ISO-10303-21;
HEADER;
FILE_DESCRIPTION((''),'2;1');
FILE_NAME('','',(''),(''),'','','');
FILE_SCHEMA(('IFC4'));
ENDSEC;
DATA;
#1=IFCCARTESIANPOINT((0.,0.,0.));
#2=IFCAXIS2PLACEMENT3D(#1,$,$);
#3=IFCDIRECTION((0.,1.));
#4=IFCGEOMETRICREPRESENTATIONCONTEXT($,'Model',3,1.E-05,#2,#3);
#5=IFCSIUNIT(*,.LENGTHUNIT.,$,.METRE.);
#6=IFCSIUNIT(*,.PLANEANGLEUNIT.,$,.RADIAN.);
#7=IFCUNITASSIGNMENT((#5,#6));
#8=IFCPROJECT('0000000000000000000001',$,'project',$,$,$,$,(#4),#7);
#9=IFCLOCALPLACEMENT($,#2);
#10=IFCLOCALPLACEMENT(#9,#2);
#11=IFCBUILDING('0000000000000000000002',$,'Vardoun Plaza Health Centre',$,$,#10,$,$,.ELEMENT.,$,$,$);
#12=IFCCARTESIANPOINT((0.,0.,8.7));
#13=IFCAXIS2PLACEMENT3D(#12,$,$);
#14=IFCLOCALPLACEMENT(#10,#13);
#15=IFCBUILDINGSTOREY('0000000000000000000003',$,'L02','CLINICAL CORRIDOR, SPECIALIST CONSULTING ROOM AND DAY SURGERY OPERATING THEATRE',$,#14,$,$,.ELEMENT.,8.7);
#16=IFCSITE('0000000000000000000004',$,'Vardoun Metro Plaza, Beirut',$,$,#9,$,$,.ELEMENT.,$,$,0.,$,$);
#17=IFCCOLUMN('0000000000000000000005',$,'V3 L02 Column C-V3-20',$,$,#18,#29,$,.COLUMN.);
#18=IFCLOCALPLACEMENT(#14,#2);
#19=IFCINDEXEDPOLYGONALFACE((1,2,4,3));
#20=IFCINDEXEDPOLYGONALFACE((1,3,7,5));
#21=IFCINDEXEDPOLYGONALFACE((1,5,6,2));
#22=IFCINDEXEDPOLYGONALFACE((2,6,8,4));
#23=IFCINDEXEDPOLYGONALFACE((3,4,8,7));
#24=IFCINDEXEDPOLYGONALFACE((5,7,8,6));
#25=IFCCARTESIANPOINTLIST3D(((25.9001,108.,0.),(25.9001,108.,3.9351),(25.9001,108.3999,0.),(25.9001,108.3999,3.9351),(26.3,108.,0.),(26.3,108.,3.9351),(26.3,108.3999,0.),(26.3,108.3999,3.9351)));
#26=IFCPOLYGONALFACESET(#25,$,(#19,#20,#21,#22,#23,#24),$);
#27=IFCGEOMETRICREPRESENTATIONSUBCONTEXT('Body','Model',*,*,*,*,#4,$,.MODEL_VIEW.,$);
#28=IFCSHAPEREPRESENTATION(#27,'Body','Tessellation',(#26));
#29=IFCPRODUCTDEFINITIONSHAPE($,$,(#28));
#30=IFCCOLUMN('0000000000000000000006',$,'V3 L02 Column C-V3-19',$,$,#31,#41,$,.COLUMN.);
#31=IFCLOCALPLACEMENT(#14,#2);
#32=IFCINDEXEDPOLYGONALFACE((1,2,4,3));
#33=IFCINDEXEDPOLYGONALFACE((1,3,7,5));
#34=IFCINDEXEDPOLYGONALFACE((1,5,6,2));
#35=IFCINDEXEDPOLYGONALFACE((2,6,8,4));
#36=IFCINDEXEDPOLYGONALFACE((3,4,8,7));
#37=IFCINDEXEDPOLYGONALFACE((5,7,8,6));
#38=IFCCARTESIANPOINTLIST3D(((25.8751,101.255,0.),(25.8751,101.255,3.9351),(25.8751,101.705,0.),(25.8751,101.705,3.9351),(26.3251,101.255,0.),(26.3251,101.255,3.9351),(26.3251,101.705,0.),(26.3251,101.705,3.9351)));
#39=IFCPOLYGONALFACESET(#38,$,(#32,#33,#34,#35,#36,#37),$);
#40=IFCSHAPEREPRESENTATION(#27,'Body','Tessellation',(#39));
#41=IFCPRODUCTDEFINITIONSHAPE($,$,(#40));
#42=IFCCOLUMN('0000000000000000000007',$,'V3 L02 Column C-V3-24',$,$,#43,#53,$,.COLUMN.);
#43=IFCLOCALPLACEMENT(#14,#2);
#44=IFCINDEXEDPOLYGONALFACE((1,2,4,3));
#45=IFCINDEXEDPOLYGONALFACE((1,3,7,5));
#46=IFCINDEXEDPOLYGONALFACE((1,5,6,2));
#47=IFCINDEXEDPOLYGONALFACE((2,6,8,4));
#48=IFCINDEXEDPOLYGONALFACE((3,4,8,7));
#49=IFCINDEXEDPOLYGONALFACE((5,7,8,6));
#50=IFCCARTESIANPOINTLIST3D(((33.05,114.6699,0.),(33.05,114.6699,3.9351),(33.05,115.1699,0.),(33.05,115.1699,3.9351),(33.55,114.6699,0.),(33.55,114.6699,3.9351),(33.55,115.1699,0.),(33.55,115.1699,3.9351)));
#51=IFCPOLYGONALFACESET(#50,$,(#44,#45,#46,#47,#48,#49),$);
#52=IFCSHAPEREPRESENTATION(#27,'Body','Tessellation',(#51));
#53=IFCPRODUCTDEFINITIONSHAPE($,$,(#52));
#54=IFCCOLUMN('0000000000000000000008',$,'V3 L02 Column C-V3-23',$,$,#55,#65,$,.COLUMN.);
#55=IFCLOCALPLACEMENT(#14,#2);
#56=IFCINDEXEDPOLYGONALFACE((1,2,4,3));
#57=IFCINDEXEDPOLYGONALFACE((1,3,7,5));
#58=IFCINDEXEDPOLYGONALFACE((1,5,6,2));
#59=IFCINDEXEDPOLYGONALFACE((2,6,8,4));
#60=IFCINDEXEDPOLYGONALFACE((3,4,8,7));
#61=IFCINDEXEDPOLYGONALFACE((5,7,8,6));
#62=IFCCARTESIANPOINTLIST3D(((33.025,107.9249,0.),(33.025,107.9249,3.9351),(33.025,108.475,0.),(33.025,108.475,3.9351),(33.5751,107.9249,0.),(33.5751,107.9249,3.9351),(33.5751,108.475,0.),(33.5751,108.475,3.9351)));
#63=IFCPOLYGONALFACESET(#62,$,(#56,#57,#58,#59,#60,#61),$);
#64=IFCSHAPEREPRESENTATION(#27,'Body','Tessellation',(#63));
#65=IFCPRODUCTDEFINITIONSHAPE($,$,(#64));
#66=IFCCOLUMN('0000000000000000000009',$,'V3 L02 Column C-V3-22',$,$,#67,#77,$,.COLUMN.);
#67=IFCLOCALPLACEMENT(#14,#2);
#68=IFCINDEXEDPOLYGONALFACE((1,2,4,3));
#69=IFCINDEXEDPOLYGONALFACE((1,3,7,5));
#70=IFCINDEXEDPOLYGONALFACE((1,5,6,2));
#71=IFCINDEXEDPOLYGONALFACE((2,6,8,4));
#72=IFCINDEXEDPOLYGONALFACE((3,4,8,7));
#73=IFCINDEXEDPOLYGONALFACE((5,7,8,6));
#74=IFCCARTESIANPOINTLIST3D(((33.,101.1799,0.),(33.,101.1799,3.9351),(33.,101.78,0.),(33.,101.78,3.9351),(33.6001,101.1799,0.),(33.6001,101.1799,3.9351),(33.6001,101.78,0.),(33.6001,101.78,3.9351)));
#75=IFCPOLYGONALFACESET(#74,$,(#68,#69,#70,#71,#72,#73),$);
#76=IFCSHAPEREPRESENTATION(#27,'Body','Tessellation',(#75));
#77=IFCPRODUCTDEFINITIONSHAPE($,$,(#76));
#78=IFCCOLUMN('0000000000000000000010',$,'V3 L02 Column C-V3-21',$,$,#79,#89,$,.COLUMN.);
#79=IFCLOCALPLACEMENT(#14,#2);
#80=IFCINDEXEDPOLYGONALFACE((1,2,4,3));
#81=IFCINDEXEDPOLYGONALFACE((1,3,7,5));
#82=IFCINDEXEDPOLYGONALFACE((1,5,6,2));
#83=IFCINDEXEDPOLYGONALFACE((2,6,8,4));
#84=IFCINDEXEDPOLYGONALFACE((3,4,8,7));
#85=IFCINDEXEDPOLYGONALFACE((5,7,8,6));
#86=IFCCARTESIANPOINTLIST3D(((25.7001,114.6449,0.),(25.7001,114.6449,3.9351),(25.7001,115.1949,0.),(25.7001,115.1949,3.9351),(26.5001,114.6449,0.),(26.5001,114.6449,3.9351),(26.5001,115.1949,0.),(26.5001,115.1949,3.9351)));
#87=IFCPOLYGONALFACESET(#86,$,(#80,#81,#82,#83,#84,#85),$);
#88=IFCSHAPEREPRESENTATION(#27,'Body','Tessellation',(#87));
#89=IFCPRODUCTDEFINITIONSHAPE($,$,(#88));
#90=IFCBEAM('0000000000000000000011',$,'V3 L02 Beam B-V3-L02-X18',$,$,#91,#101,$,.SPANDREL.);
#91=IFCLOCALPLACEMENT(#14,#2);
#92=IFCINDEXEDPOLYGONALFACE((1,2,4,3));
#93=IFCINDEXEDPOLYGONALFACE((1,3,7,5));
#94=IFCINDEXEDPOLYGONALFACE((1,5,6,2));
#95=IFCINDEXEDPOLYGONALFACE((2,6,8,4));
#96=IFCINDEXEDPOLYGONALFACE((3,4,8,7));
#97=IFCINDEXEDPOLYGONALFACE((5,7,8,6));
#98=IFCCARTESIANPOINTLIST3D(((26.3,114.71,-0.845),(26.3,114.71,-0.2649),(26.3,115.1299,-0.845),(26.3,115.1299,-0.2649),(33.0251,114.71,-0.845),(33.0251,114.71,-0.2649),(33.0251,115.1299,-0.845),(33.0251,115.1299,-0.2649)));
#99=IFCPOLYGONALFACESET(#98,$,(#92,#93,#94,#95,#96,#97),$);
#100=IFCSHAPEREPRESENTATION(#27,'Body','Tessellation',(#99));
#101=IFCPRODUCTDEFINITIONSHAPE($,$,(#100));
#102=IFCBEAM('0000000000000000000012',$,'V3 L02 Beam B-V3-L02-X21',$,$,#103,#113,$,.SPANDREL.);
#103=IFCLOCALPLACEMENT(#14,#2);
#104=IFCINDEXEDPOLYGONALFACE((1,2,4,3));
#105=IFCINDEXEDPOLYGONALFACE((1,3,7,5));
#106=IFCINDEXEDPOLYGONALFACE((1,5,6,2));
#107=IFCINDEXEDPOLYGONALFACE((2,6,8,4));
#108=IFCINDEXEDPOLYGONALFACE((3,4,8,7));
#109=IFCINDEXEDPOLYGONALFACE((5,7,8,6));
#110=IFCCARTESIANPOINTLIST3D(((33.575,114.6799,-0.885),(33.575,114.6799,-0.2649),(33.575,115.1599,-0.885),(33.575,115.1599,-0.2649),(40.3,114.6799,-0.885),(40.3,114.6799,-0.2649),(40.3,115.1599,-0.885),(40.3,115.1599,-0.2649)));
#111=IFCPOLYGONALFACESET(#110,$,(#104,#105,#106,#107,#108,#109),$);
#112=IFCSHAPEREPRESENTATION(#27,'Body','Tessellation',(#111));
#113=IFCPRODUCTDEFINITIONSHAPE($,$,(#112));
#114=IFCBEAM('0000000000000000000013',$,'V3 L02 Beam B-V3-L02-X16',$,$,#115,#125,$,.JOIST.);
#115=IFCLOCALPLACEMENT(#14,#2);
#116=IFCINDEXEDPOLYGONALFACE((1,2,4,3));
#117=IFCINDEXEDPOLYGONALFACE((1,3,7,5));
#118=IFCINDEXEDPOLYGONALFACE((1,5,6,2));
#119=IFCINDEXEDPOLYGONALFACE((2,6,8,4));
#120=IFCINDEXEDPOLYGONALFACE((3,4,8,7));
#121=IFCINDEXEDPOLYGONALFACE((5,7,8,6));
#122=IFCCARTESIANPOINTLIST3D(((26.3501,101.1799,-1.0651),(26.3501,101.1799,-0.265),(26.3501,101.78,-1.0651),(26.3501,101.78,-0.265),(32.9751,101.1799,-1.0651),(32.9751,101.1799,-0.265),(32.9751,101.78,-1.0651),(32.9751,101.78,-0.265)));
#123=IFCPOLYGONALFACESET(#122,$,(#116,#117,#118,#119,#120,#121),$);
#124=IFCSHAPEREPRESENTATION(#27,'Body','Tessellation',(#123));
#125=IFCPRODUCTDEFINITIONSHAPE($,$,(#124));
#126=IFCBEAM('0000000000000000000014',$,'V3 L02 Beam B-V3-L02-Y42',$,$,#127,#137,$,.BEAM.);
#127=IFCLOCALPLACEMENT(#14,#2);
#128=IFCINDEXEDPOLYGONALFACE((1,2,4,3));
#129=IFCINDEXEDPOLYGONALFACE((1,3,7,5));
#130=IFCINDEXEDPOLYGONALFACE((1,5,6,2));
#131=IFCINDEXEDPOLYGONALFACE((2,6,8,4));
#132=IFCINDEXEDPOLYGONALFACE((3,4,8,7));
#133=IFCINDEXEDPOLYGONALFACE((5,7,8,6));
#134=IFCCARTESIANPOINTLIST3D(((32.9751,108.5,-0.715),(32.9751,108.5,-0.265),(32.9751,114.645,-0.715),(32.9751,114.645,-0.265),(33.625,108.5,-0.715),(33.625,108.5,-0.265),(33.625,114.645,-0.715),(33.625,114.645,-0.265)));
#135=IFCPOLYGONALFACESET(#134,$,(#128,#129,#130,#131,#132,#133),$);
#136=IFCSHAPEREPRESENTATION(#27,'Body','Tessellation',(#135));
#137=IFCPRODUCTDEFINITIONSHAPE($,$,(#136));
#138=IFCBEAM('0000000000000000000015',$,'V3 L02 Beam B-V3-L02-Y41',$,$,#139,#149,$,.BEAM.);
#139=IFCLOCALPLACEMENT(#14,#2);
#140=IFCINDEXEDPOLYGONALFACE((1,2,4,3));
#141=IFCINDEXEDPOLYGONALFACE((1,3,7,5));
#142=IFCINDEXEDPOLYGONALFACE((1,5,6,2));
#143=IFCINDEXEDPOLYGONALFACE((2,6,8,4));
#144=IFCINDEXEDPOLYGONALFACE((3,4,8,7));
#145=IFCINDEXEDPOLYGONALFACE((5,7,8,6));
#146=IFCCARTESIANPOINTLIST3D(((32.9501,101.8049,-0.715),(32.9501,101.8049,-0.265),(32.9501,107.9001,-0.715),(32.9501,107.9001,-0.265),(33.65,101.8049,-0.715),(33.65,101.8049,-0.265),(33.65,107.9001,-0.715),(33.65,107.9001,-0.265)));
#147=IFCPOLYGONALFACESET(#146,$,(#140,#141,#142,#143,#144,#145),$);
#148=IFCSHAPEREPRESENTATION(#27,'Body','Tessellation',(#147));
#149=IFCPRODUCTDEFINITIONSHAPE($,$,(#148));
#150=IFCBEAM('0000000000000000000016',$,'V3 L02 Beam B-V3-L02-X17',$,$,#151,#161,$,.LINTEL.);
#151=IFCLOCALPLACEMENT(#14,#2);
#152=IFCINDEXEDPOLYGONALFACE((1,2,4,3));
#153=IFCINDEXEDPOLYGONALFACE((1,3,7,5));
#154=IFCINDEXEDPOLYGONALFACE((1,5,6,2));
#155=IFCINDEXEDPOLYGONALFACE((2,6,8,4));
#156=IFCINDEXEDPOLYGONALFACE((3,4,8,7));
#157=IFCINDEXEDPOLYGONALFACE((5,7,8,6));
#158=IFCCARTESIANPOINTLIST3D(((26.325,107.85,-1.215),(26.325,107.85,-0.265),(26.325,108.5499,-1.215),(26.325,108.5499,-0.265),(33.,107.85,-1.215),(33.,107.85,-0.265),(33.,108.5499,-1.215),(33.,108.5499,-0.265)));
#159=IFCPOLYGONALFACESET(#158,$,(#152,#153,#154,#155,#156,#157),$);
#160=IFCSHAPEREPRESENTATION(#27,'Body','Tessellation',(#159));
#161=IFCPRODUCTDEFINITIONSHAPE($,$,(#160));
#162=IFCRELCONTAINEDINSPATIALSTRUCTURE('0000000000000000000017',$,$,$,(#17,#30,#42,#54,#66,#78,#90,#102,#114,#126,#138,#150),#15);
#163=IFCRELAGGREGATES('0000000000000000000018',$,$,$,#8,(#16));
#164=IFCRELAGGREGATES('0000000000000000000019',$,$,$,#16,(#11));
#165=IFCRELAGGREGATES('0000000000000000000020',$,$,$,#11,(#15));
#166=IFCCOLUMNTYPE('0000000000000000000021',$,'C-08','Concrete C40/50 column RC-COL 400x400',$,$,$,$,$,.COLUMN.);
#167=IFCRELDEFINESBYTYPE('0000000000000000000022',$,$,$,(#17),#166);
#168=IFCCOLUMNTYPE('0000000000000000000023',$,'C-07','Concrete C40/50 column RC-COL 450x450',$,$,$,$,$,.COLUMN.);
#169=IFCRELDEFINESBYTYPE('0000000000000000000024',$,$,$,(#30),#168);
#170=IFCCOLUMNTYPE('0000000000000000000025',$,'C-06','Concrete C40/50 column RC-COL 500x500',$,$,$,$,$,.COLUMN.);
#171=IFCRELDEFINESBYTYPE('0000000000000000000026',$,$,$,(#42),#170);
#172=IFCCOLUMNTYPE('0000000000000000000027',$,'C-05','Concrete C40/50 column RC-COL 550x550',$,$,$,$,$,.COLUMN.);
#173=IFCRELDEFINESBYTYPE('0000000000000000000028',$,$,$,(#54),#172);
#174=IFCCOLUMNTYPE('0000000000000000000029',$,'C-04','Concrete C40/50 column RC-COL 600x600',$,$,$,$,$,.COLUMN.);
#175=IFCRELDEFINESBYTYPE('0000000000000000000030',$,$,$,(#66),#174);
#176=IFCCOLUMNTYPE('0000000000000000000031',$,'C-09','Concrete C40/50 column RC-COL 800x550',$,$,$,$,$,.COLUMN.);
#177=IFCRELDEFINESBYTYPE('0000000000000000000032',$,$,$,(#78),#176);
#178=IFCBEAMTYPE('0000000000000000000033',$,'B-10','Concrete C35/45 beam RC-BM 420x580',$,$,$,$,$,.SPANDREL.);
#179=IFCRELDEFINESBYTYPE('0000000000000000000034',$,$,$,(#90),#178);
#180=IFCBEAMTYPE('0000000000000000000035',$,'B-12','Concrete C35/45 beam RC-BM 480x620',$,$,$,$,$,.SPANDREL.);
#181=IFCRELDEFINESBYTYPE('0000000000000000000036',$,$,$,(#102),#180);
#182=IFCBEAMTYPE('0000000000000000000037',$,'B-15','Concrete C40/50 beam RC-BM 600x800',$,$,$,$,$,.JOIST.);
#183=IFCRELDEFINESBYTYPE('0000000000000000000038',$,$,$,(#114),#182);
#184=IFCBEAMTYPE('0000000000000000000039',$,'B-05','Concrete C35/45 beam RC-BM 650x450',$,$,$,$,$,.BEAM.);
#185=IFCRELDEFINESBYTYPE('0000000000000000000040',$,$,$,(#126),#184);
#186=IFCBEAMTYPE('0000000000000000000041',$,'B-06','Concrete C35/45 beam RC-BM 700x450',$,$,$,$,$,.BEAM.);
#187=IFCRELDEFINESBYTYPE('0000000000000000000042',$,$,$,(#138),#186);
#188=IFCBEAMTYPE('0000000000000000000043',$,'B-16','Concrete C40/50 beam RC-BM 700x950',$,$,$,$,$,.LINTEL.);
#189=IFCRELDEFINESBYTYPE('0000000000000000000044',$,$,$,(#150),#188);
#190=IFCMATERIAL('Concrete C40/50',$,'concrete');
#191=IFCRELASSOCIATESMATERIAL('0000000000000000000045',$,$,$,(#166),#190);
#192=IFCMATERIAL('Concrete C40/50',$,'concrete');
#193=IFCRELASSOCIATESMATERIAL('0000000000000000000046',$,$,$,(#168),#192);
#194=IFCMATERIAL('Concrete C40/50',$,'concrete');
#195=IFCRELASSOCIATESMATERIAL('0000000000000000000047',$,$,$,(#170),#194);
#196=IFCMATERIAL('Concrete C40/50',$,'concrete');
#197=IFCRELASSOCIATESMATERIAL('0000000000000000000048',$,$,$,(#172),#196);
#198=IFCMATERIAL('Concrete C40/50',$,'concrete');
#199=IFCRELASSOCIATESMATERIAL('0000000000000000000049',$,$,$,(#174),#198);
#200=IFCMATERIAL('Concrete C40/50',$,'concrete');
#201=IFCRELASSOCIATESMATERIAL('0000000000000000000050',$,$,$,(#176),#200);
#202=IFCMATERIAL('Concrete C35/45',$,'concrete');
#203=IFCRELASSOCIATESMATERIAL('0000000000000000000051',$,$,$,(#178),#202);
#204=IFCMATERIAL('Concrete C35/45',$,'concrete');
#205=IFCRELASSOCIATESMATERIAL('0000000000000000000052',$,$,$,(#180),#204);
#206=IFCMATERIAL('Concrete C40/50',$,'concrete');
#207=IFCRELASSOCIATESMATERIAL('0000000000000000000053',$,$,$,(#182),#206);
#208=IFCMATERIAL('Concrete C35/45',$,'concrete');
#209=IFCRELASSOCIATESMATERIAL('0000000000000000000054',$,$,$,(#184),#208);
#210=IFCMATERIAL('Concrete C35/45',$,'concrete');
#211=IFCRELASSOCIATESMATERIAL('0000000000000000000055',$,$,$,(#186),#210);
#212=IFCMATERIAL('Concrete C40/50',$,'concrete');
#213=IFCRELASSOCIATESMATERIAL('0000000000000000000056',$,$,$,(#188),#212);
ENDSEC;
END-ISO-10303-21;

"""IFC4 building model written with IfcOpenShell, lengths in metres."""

from ifc_helpers import new_model, si_unit, direction, frame, origin, origin_2d, place, context, subcontext, project, spatial, rectangle, extrude, material, material_profile, profile_set, type_object, element, save


model = new_model("IFC4")

# Units and contexts
model_context = context("Model", 3, precision=1e-05, world=origin(), true_north=direction((0.0, 1.0)))
body_context = subcontext(model_context, "Body", "Model", "MODEL_VIEW")
ifc_project = project(units=[si_unit("LENGTHUNIT", "METRE"), si_unit("PLANEANGLEUNIT", "RADIAN")], contexts=[model_context])

# Site, building, storey
site_placement = place(None, origin())
site = spatial("IfcSite", under=ifc_project, at=site_placement, Name="Vardoun Metro Plaza, Beirut", CompositionType="ELEMENT", RefElevation=0.0)
building_placement = place(site_placement, origin())
building = spatial("IfcBuilding", under=site, at=building_placement, Name="Vardoun Plaza Health Centre", CompositionType="ELEMENT")
storey_placement = place(building_placement, frame((0.0, 0.0, 8.7)))
storey = spatial("IfcBuildingStorey", under=building, at=storey_placement, Name="L02", Description="CLINICAL CORRIDOR, SPECIALIST CONSULTING ROOM AND DAY SURGERY OPERATING THEATRE", CompositionType="ELEMENT", Elevation=8.7)

# Columns
ifc_material_1 = material(Name="Concrete C40/50", Category="concrete")
ifc_material_profile_1 = material_profile(ifc_material_1, rectangle(XDim=0.3999, YDim=0.3999, at=origin_2d()), Name="RC-COL 400x400")
ifc_profile_set_1 = profile_set([ifc_material_profile_1], Name="Concrete C40/50")
column_type_1 = type_object("IfcColumnType", Name="C-08", Description="Concrete C40/50 column RC-COL 400x400", PredefinedType="COLUMN", material=ifc_profile_set_1)
column_1_placement = place(storey_placement, frame((26.1001, 108.2, 0.0), z_axis=(0.0, 0.0, 1.0), x_axis=(1.0, 0.0, 0.0)))
element("IfcColumn", 1, at=column_1_placement, inside=storey, type_object=column_type_1, Name="V3 L02 Column C-V3-20", PredefinedType="COLUMN", context=body_context, shape_type="SweptSolid", body=[
    extrude(rectangle(XDim=0.3999, YDim=0.3999, at=origin_2d()), origin(), (0.0, 0.0, 1.0), 3.9351),
])
ifc_material_2 = material(Name="Concrete C40/50", Category="concrete")
ifc_material_profile_2 = material_profile(ifc_material_2, rectangle(XDim=0.45, YDim=0.45, at=origin_2d()), Name="RC-COL 450x450")
ifc_profile_set_2 = profile_set([ifc_material_profile_2], Name="Concrete C40/50")
column_type_2 = type_object("IfcColumnType", Name="C-07", Description="Concrete C40/50 column RC-COL 450x450", PredefinedType="COLUMN", material=ifc_profile_set_2)
column_2_placement = place(storey_placement, frame((26.1001, 101.48, 0.0), z_axis=(0.0, 0.0, 1.0), x_axis=(1.0, 0.0, 0.0)))
element("IfcColumn", 2, at=column_2_placement, inside=storey, type_object=column_type_2, Name="V3 L02 Column C-V3-19", PredefinedType="COLUMN", context=body_context, shape_type="SweptSolid", body=[
    extrude(rectangle(XDim=0.45, YDim=0.45, at=origin_2d()), origin(), (0.0, 0.0, 1.0), 3.9351),
])
ifc_material_3 = material(Name="Concrete C40/50", Category="concrete")
ifc_material_profile_3 = material_profile(ifc_material_3, rectangle(XDim=0.5, YDim=0.5, at=origin_2d()), Name="RC-COL 500x500")
ifc_profile_set_3 = profile_set([ifc_material_profile_3], Name="Concrete C40/50")
column_type_3 = type_object("IfcColumnType", Name="C-06", Description="Concrete C40/50 column RC-COL 500x500", PredefinedType="COLUMN", material=ifc_profile_set_3)
column_3_placement = place(storey_placement, frame((33.3, 114.9199, 0.0), z_axis=(0.0, 0.0, 1.0), x_axis=(1.0, 0.0, 0.0)))
element("IfcColumn", 3, at=column_3_placement, inside=storey, type_object=column_type_3, Name="V3 L02 Column C-V3-24", PredefinedType="COLUMN", context=body_context, shape_type="SweptSolid", body=[
    extrude(rectangle(XDim=0.5, YDim=0.5, at=origin_2d()), origin(), (0.0, 0.0, 1.0), 3.9351),
])
ifc_material_4 = material(Name="Concrete C40/50", Category="concrete")
ifc_material_profile_4 = material_profile(ifc_material_4, rectangle(XDim=0.55, YDim=0.55, at=origin_2d()), Name="RC-COL 550x550")
ifc_profile_set_4 = profile_set([ifc_material_profile_4], Name="Concrete C40/50")
column_type_4 = type_object("IfcColumnType", Name="C-05", Description="Concrete C40/50 column RC-COL 550x550", PredefinedType="COLUMN", material=ifc_profile_set_4)
column_4_placement = place(storey_placement, frame((33.3, 108.2, 0.0), z_axis=(0.0, 0.0, 1.0), x_axis=(1.0, 0.0, 0.0)))
element("IfcColumn", 4, at=column_4_placement, inside=storey, type_object=column_type_4, Name="V3 L02 Column C-V3-23", PredefinedType="COLUMN", context=body_context, shape_type="SweptSolid", body=[
    extrude(rectangle(XDim=0.55, YDim=0.55, at=origin_2d()), origin(), (0.0, 0.0, 1.0), 3.9351),
])
ifc_material_5 = material(Name="Concrete C40/50", Category="concrete")
ifc_material_profile_5 = material_profile(ifc_material_5, rectangle(XDim=0.6001, YDim=0.6001, at=origin_2d()), Name="RC-COL 600x600")
ifc_profile_set_5 = profile_set([ifc_material_profile_5], Name="Concrete C40/50")
column_type_5 = type_object("IfcColumnType", Name="C-04", Description="Concrete C40/50 column RC-COL 600x600", PredefinedType="COLUMN", material=ifc_profile_set_5)
column_5_placement = place(storey_placement, frame((33.3, 101.48, 0.0), z_axis=(0.0, 0.0, 1.0), x_axis=(1.0, 0.0, 0.0)))
element("IfcColumn", 5, at=column_5_placement, inside=storey, type_object=column_type_5, Name="V3 L02 Column C-V3-22", PredefinedType="COLUMN", context=body_context, shape_type="SweptSolid", body=[
    extrude(rectangle(XDim=0.6001, YDim=0.6001, at=origin_2d()), origin(), (0.0, 0.0, 1.0), 3.9351),
])
ifc_material_6 = material(Name="Concrete C40/50", Category="concrete")
ifc_material_profile_6 = material_profile(ifc_material_6, rectangle(XDim=0.8, YDim=0.55, at=origin_2d()), Name="RC-COL 800x550")
ifc_profile_set_6 = profile_set([ifc_material_profile_6], Name="Concrete C40/50")
column_type_6 = type_object("IfcColumnType", Name="C-09", Description="Concrete C40/50 column RC-COL 800x550", PredefinedType="COLUMN", material=ifc_profile_set_6)
column_6_placement = place(storey_placement, frame((26.1001, 114.9199, 0.0), z_axis=(0.0, 0.0, 1.0), x_axis=(1.0, 0.0, 0.0)))
element("IfcColumn", 6, at=column_6_placement, inside=storey, type_object=column_type_6, Name="V3 L02 Column C-V3-21", PredefinedType="COLUMN", context=body_context, shape_type="SweptSolid", body=[
    extrude(rectangle(XDim=0.8, YDim=0.55, at=origin_2d()), origin(), (0.0, 0.0, 1.0), 3.9351),
])

# Beams
ifc_material_7 = material(Name="Concrete C35/45", Category="concrete")
ifc_material_profile_7 = material_profile(ifc_material_7, rectangle(XDim=0.4199, YDim=0.5801, at=origin_2d()), Name="RC-BM 420x580")
ifc_profile_set_7 = profile_set([ifc_material_profile_7], Name="Concrete C35/45")
beam_type_1 = type_object("IfcBeamType", Name="B-10", Description="Concrete C35/45 beam RC-BM 420x580", PredefinedType="SPANDREL", material=ifc_profile_set_7)
beam_1_placement = place(storey_placement, frame((26.3, 114.9199, -0.5549), z_axis=(1.0, 0.0, 0.0), x_axis=(0.0, 1.0, 0.0)))
element("IfcBeam", 7, at=beam_1_placement, inside=storey, type_object=beam_type_1, Name="V3 L02 Beam B-V3-L02-X18", PredefinedType="SPANDREL", context=body_context, shape_type="SweptSolid", body=[
    extrude(rectangle(XDim=0.4199, YDim=0.5801, at=origin_2d()), origin(), (0.0, 0.0, 1.0), 6.7251),
])
ifc_material_8 = material(Name="Concrete C35/45", Category="concrete")
ifc_material_profile_8 = material_profile(ifc_material_8, rectangle(XDim=0.48, YDim=0.6201, at=origin_2d()), Name="RC-BM 480x620")
ifc_profile_set_8 = profile_set([ifc_material_profile_8], Name="Concrete C35/45")
beam_type_2 = type_object("IfcBeamType", Name="B-12", Description="Concrete C35/45 beam RC-BM 480x620", PredefinedType="SPANDREL", material=ifc_profile_set_8)
beam_2_placement = place(storey_placement, frame((33.575, 114.9199, -0.575), z_axis=(1.0, 0.0, 0.0), x_axis=(0.0, 1.0, 0.0)))
element("IfcBeam", 8, at=beam_2_placement, inside=storey, type_object=beam_type_2, Name="V3 L02 Beam B-V3-L02-X21", PredefinedType="SPANDREL", context=body_context, shape_type="SweptSolid", body=[
    extrude(rectangle(XDim=0.48, YDim=0.6201, at=origin_2d()), origin(), (0.0, 0.0, 1.0), 6.7251),
])
ifc_material_9 = material(Name="Concrete C40/50", Category="concrete")
ifc_material_profile_9 = material_profile(ifc_material_9, rectangle(XDim=0.6001, YDim=0.8, at=origin_2d()), Name="RC-BM 600x800")
ifc_profile_set_9 = profile_set([ifc_material_profile_9], Name="Concrete C40/50")
beam_type_3 = type_object("IfcBeamType", Name="B-15", Description="Concrete C40/50 beam RC-BM 600x800", PredefinedType="JOIST", material=ifc_profile_set_9)
beam_3_placement = place(storey_placement, frame((26.3501, 101.48, -0.665), z_axis=(1.0, 0.0, 0.0), x_axis=(0.0, 1.0, 0.0)))
element("IfcBeam", 9, at=beam_3_placement, inside=storey, type_object=beam_type_3, Name="V3 L02 Beam B-V3-L02-X16", PredefinedType="JOIST", context=body_context, shape_type="SweptSolid", body=[
    extrude(rectangle(XDim=0.6001, YDim=0.8, at=origin_2d()), origin(), (0.0, 0.0, 1.0), 6.625),
])
ifc_material_10 = material(Name="Concrete C35/45", Category="concrete")
ifc_material_profile_10 = material_profile(ifc_material_10, rectangle(XDim=0.6499, YDim=0.45, at=origin_2d()), Name="RC-BM 650x450")
ifc_profile_set_10 = profile_set([ifc_material_profile_10], Name="Concrete C35/45")
beam_type_4 = type_object("IfcBeamType", Name="B-05", Description="Concrete C35/45 beam RC-BM 650x450", PredefinedType="BEAM", material=ifc_profile_set_10)
beam_4_placement = place(storey_placement, frame((33.3, 108.5, -0.49), z_axis=(0.0, 1.0, 0.0), x_axis=(-1.0, 0.0, 0.0)))
element("IfcBeam", 10, at=beam_4_placement, inside=storey, type_object=beam_type_4, Name="V3 L02 Beam B-V3-L02-Y42", PredefinedType="BEAM", context=body_context, shape_type="SweptSolid", body=[
    extrude(rectangle(XDim=0.6499, YDim=0.45, at=origin_2d()), origin(), (0.0, 0.0, 1.0), 6.145),
])
ifc_material_11 = material(Name="Concrete C35/45", Category="concrete")
ifc_material_profile_11 = material_profile(ifc_material_11, rectangle(XDim=0.7, YDim=0.45, at=origin_2d()), Name="RC-BM 700x450")
ifc_profile_set_11 = profile_set([ifc_material_profile_11], Name="Concrete C35/45")
beam_type_5 = type_object("IfcBeamType", Name="B-06", Description="Concrete C35/45 beam RC-BM 700x450", PredefinedType="BEAM", material=ifc_profile_set_11)
beam_5_placement = place(storey_placement, frame((33.3, 101.8049, -0.49), z_axis=(0.0, 1.0, 0.0), x_axis=(-1.0, 0.0, 0.0)))
element("IfcBeam", 11, at=beam_5_placement, inside=storey, type_object=beam_type_5, Name="V3 L02 Beam B-V3-L02-Y41", PredefinedType="BEAM", context=body_context, shape_type="SweptSolid", body=[
    extrude(rectangle(XDim=0.7, YDim=0.45, at=origin_2d()), origin(), (0.0, 0.0, 1.0), 6.0952),
])
ifc_material_12 = material(Name="Concrete C40/50", Category="concrete")
ifc_material_profile_12 = material_profile(ifc_material_12, rectangle(XDim=0.7, YDim=0.95, at=origin_2d()), Name="RC-BM 700x950")
ifc_profile_set_12 = profile_set([ifc_material_profile_12], Name="Concrete C40/50")
beam_type_6 = type_object("IfcBeamType", Name="B-16", Description="Concrete C40/50 beam RC-BM 700x950", PredefinedType="LINTEL", material=ifc_profile_set_12)
beam_6_placement = place(storey_placement, frame((26.325, 108.2, -0.74), z_axis=(1.0, 0.0, 0.0), x_axis=(0.0, 1.0, 0.0)))
element("IfcBeam", 12, at=beam_6_placement, inside=storey, type_object=beam_type_6, Name="V3 L02 Beam B-V3-L02-X17", PredefinedType="LINTEL", context=body_context, shape_type="SweptSolid", body=[
    extrude(rectangle(XDim=0.7, YDim=0.95, at=origin_2d()), origin(), (0.0, 0.0, 1.0), 6.675),
])

save(model, "model.ifc")
